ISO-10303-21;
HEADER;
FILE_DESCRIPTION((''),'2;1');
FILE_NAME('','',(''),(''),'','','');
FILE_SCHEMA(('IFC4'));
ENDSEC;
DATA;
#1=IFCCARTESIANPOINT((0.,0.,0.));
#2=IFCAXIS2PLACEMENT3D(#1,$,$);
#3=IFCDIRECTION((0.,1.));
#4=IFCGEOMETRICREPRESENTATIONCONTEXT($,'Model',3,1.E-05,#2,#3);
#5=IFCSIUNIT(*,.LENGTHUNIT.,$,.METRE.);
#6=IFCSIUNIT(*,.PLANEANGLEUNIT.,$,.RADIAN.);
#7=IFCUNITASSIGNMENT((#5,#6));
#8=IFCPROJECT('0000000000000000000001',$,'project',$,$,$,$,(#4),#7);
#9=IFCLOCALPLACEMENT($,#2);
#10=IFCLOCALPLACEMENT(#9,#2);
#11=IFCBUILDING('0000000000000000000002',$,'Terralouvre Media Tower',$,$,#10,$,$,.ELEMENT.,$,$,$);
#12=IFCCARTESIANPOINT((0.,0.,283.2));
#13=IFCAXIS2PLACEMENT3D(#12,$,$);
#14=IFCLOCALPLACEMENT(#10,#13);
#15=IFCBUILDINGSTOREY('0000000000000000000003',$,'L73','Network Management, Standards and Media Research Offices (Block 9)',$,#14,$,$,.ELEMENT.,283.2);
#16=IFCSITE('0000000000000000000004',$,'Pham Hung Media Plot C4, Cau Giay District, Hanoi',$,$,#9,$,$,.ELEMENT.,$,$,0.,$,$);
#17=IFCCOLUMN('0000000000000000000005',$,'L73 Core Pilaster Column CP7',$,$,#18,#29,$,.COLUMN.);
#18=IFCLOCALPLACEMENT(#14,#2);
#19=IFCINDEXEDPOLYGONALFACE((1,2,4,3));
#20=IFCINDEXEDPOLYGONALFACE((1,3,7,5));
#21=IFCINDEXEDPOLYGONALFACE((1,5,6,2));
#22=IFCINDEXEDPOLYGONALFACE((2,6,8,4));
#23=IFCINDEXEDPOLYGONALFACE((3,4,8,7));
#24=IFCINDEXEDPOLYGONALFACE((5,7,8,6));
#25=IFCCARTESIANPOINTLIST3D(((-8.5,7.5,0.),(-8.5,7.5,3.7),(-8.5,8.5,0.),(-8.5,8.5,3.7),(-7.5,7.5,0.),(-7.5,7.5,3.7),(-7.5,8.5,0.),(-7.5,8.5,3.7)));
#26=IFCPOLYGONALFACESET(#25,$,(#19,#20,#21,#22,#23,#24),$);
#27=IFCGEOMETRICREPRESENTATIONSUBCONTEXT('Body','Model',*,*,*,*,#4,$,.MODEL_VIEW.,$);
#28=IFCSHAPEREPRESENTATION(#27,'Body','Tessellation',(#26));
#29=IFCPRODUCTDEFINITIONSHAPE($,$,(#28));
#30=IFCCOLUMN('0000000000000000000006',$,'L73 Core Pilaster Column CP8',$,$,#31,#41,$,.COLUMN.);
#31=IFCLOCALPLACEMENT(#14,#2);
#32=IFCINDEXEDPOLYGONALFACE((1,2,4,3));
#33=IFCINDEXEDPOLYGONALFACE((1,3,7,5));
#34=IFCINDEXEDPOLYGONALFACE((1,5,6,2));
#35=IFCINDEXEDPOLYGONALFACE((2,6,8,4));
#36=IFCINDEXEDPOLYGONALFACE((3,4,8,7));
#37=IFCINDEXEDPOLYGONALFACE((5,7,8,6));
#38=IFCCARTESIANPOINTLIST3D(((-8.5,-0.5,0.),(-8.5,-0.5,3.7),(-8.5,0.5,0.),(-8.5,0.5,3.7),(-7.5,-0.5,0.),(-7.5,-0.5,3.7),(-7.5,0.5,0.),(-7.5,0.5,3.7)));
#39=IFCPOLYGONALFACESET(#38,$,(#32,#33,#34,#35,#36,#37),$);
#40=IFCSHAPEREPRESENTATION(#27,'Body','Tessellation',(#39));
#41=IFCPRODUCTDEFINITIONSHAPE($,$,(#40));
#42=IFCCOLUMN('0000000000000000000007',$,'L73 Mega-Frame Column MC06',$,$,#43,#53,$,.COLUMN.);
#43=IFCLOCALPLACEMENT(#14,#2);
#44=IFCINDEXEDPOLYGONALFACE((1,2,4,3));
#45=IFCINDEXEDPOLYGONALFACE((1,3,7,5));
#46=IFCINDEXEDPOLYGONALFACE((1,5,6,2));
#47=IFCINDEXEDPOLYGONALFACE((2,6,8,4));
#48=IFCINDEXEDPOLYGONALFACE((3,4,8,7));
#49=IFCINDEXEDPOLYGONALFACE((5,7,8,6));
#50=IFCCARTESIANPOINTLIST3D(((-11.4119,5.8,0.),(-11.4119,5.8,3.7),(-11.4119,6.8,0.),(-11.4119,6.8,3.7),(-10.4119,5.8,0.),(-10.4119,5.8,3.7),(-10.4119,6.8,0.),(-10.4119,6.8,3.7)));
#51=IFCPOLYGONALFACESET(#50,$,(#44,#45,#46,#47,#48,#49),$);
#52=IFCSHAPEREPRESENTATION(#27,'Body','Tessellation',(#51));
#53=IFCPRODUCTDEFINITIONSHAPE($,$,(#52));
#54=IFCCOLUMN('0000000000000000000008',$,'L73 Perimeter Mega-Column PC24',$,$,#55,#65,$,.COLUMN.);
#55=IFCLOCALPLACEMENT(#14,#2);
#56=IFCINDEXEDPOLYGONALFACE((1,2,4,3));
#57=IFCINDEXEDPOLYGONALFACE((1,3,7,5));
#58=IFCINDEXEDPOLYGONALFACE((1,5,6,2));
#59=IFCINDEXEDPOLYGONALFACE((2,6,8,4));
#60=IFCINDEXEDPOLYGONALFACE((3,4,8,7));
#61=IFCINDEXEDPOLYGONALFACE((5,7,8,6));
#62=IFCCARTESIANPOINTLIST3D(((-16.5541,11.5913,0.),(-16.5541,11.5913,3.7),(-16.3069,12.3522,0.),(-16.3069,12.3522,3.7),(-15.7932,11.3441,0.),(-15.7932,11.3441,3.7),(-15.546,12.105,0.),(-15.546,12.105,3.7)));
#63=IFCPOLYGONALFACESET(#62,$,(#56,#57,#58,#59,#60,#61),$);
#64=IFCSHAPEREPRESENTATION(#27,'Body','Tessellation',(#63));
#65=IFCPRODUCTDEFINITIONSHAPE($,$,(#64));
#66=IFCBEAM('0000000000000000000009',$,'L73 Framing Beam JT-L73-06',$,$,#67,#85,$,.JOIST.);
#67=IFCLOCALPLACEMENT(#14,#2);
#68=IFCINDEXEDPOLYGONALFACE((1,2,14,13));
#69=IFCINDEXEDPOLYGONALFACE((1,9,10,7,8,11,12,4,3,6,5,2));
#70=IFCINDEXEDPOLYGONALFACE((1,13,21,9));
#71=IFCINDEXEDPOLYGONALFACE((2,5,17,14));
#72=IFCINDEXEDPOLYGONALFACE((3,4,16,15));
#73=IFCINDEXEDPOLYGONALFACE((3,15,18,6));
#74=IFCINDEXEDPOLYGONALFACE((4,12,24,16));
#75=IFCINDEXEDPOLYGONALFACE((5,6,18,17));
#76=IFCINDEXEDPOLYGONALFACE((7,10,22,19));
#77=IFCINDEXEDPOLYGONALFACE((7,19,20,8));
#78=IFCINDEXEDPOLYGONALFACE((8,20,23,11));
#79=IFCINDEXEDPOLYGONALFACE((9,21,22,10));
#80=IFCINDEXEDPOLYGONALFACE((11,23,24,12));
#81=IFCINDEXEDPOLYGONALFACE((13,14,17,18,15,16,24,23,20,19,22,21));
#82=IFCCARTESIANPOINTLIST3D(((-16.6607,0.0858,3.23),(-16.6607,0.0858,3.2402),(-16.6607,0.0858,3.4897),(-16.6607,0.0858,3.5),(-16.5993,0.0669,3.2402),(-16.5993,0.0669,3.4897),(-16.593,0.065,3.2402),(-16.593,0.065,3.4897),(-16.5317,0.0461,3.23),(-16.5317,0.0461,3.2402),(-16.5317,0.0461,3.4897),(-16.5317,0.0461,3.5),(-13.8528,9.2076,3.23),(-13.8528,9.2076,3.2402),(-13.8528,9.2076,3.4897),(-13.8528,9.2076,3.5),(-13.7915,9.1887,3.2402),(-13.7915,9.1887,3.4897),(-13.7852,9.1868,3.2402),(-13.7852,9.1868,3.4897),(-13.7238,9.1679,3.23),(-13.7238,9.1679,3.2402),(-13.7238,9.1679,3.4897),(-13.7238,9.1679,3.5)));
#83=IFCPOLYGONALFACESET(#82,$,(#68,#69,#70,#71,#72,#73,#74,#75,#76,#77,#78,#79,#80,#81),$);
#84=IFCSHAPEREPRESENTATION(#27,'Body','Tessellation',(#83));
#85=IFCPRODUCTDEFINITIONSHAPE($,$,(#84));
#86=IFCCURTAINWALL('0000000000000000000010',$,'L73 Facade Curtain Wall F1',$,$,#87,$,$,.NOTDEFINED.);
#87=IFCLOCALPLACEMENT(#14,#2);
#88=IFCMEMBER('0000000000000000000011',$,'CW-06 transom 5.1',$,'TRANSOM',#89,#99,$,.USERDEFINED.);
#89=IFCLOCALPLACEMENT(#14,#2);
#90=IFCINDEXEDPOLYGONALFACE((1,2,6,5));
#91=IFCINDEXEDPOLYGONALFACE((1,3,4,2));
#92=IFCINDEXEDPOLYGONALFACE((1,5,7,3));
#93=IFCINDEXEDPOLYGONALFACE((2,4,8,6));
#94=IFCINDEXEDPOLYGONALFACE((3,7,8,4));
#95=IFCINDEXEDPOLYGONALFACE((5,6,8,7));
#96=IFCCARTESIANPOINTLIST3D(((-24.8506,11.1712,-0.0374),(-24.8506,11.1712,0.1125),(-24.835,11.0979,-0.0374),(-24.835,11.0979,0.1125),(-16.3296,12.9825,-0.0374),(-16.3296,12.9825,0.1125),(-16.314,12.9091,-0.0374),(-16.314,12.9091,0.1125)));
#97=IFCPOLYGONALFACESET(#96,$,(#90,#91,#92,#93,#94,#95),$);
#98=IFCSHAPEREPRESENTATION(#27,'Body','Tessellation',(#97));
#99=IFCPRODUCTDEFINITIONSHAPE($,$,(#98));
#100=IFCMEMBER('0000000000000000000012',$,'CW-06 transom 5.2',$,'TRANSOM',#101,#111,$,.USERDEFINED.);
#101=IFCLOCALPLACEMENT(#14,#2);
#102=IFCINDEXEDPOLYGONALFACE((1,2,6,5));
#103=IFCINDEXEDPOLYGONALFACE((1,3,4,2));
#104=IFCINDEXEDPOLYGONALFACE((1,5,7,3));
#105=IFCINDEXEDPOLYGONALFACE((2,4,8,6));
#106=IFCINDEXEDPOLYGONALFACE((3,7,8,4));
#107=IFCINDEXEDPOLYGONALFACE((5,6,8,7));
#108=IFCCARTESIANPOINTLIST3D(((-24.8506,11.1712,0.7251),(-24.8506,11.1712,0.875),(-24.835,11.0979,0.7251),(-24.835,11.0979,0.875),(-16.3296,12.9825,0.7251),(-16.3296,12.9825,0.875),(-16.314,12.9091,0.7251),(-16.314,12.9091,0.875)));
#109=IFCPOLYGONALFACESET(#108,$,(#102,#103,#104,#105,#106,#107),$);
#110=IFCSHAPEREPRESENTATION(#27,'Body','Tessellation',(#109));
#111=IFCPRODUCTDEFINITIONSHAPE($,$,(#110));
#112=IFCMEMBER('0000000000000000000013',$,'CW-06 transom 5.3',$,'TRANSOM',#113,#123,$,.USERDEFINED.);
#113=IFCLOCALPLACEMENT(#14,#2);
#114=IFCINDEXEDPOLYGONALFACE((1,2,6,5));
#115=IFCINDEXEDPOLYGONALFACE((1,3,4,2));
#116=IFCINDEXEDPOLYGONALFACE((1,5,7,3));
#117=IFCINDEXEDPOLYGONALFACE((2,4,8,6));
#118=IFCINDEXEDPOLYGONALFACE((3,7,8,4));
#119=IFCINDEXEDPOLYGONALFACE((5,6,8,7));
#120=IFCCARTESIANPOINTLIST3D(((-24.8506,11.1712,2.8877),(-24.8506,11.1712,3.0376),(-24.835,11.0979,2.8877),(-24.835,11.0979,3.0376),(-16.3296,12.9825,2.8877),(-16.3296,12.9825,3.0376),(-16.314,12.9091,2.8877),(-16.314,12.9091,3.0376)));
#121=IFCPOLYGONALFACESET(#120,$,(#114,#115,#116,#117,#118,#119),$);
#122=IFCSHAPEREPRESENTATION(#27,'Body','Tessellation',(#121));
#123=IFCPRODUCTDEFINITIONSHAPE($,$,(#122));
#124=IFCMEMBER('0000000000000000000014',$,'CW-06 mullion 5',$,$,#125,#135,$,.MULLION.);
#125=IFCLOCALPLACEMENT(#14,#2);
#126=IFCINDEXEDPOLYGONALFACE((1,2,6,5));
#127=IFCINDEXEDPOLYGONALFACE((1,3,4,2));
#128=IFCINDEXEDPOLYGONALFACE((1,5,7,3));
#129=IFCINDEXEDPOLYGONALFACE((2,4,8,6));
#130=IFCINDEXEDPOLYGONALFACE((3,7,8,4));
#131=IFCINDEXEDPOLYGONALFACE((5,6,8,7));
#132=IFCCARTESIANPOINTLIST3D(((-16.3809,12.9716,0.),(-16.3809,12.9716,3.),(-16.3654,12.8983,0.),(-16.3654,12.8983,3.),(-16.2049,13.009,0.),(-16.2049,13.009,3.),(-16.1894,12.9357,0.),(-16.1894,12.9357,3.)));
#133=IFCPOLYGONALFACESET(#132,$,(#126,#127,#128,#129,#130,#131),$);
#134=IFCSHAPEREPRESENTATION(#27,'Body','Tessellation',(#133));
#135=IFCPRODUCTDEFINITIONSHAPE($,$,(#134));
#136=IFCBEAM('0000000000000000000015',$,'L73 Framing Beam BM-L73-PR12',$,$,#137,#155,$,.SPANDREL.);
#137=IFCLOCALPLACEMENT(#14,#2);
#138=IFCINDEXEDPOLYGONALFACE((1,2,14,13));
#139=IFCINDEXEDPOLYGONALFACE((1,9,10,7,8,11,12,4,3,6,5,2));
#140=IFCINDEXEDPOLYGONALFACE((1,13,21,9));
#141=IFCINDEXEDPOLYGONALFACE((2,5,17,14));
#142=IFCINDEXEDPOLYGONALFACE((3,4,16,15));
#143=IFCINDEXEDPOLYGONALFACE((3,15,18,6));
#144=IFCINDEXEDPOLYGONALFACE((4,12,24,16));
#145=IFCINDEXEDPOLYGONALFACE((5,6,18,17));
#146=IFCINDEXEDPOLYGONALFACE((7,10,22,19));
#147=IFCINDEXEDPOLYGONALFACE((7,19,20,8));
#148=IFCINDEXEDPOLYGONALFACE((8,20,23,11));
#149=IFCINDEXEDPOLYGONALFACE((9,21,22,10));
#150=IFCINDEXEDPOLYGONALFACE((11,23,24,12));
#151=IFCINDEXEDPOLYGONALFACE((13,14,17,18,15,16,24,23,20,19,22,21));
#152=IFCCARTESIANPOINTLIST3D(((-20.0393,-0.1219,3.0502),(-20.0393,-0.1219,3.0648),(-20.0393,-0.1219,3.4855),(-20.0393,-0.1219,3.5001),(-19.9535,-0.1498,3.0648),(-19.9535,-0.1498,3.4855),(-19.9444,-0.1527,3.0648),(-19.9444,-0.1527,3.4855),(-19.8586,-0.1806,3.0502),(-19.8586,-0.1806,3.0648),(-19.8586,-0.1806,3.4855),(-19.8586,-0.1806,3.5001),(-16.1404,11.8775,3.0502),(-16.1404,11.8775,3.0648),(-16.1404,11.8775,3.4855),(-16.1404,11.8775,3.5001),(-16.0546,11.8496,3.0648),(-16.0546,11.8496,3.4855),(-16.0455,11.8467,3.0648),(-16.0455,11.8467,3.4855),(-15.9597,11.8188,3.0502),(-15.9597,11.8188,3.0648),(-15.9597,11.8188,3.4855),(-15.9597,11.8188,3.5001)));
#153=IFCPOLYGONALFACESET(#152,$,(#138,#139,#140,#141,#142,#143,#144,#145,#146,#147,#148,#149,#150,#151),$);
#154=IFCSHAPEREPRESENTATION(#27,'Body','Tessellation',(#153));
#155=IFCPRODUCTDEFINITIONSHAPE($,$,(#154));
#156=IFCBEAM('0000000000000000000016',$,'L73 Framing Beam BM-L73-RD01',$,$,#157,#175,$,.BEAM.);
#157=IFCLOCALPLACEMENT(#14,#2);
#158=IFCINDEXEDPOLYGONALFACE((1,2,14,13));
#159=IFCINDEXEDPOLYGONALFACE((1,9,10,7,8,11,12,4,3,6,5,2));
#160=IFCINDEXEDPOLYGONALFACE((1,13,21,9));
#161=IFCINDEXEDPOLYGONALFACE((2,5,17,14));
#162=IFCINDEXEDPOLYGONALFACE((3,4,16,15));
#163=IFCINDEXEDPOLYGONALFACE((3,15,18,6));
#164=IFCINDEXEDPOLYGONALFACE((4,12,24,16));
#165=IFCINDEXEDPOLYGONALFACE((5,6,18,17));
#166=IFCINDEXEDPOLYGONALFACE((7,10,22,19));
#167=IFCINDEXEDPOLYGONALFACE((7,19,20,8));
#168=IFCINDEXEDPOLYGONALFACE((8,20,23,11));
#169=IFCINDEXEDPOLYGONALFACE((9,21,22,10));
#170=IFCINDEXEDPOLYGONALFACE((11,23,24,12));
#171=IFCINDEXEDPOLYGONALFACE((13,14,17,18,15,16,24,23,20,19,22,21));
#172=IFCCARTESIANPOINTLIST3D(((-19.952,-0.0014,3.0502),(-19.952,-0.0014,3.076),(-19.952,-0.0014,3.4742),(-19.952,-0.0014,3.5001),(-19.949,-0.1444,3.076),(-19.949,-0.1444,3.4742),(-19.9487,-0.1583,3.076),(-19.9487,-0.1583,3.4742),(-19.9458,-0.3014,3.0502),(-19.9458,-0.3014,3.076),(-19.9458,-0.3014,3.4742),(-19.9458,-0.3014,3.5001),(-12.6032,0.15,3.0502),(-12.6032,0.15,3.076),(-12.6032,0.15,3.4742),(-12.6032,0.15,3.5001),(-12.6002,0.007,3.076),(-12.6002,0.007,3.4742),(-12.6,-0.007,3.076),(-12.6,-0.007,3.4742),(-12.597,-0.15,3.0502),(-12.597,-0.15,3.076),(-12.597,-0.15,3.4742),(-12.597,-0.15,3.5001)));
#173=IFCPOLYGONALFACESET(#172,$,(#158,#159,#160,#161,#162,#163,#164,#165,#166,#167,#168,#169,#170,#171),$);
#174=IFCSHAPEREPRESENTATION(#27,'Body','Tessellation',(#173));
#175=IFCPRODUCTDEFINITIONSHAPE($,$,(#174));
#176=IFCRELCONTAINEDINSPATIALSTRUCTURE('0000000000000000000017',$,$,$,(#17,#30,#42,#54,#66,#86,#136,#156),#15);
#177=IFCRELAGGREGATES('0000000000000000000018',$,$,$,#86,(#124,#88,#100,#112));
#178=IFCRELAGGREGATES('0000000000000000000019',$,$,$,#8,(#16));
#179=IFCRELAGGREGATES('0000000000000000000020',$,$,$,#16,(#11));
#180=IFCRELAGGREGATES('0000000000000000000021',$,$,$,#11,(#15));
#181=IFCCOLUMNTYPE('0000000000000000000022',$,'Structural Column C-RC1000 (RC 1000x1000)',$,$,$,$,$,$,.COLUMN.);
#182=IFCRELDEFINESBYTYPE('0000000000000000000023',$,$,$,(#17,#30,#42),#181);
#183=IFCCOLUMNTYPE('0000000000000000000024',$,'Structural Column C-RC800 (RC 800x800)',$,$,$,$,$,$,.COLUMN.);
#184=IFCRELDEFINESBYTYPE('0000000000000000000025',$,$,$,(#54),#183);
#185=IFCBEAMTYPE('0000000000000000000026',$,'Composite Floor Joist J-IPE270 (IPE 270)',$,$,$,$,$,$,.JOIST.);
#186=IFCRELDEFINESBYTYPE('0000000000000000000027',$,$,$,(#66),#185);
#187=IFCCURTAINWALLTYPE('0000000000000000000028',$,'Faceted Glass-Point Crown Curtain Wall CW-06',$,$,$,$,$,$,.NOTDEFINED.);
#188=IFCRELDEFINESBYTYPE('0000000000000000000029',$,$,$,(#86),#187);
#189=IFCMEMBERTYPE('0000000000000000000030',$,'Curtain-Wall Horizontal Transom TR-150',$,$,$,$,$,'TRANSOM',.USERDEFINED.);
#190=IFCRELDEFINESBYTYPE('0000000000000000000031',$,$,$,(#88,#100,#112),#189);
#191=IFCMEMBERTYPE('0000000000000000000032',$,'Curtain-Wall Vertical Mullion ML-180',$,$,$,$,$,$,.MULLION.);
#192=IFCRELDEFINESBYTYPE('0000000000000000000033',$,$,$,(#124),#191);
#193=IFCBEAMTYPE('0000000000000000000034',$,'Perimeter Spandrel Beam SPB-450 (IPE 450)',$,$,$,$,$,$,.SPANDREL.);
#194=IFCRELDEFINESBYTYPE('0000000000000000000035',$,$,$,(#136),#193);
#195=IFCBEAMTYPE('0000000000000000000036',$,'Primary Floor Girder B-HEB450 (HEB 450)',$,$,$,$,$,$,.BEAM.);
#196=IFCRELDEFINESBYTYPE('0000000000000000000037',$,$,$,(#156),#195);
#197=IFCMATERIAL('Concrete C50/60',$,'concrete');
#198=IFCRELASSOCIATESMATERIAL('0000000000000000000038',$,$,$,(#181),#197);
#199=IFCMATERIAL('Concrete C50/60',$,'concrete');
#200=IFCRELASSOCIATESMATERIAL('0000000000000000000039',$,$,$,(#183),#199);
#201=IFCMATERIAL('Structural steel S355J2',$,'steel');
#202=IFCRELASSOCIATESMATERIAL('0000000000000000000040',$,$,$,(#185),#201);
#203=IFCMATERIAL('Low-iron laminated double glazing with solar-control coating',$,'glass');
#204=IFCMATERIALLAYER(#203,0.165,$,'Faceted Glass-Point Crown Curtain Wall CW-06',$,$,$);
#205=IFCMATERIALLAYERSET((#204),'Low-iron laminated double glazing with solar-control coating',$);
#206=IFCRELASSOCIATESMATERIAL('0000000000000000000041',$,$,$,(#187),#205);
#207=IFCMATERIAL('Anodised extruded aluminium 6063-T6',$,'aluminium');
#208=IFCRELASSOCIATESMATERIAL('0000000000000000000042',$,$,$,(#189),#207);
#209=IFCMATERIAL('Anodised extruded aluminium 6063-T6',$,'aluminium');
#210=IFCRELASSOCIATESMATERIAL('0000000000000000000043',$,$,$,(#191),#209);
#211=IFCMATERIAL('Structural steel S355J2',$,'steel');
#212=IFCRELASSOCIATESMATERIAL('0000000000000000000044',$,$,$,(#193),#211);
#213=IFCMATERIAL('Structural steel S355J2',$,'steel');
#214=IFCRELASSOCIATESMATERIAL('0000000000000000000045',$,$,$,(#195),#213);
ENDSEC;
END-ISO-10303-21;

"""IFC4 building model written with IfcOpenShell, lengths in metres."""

from ifc_helpers import new_model, si_unit, direction, frame, origin, origin_2d, place, context, subcontext, project, spatial, rectangle, i_section, extrude, material, layer, layer_set, material_profile, profile_set, type_object, element, aggregate, save


model = new_model("IFC4")

# Units and contexts
model_context = context("Model", 3, precision=1e-05, world=origin(), true_north=direction((0.0, 1.0)))
body_context = subcontext(model_context, "Body", "Model", "MODEL_VIEW")
ifc_project = project(units=[si_unit("LENGTHUNIT", "METRE"), si_unit("PLANEANGLEUNIT", "RADIAN")], contexts=[model_context])

# Site, building, storey
site_placement = place(None, origin())
site = spatial("IfcSite", under=ifc_project, at=site_placement, Name="Pham Hung Media Plot C4, Cau Giay District, Hanoi", CompositionType="ELEMENT", RefElevation=0.0)
building_placement = place(site_placement, origin())
building = spatial("IfcBuilding", under=site, at=building_placement, Name="Terralouvre Media Tower", CompositionType="ELEMENT")
storey_placement = place(building_placement, frame((0.0, 0.0, 283.2)))
storey = spatial("IfcBuildingStorey", under=building, at=storey_placement, Name="L73", Description="Network Management, Standards and Media Research Offices (Block 9)", CompositionType="ELEMENT", Elevation=283.2)

# Columns
ifc_material_1 = material(Name="Concrete C50/60", Category="concrete")
ifc_material_profile_1 = material_profile(ifc_material_1, rectangle(XDim=1.0, YDim=1.0, at=origin_2d()), Name="RC 1000x1000")
ifc_profile_set_1 = profile_set([ifc_material_profile_1], Name="Concrete C50/60")
column_type_1 = type_object("IfcColumnType", Name="Structural Column C-RC1000 (RC 1000x1000)", PredefinedType="COLUMN", material=ifc_profile_set_1)
for number, where, z_axis, x_axis, name in (
    (1, (-8.0, 8.0, 0.0), (0.0, 0.0, 1.0), (1.0, 0.0, 0.0), "L73 Core Pilaster Column CP7"),
    (2, (-8.0, 0.0, 0.0), (0.0, 0.0, 1.0), (1.0, 0.0, 0.0), "L73 Core Pilaster Column CP8"),
    (3, (-10.9119, 6.3, 0.0), (0.0, 0.0, 1.0), (1.0, 0.0, 0.0), "L73 Mega-Frame Column MC06"),
):
    element("IfcColumn", number, at=place(storey_placement, frame(where, z_axis=z_axis, x_axis=x_axis)), inside=storey, type_object=column_type_1, Name=name, PredefinedType="COLUMN", context=body_context, shape_type="SweptSolid", body=[
        extrude(rectangle(XDim=1.0, YDim=1.0, at=origin_2d()), origin(), (0.0, 0.0, 1.0), 3.7),
    ])
ifc_material_2 = material(Name="Concrete C50/60", Category="concrete")
ifc_material_profile_2 = material_profile(ifc_material_2, rectangle(XDim=0.8, YDim=0.8, at=origin_2d()), Name="RC 800x800")
ifc_profile_set_2 = profile_set([ifc_material_profile_2], Name="Concrete C50/60")
column_type_2 = type_object("IfcColumnType", Name="Structural Column C-RC800 (RC 800x800)", PredefinedType="COLUMN", material=ifc_profile_set_2)
column_placement = place(storey_placement, frame((-16.05, 11.8481, 0.0), z_axis=(0.0, 0.0, 1.0), x_axis=(0.309017, 0.951057, 0.0)))
element("IfcColumn", 4, at=column_placement, inside=storey, type_object=column_type_2, Name="L73 Perimeter Mega-Column PC24", PredefinedType="COLUMN", context=body_context, shape_type="SweptSolid", body=[
    extrude(rectangle(XDim=0.8, YDim=0.8, at=origin_2d()), origin(), (0.0, 0.0, 1.0), 3.7),
])

# Beam
ifc_material_3 = material(Name="Structural steel S355J2", Category="steel")
ifc_material_profile_3 = material_profile(ifc_material_3, i_section(OverallWidth=0.135, OverallDepth=0.27, WebThickness=0.0066, FlangeThickness=0.0103, at=origin_2d()), Name="IPE 270")
ifc_profile_set_3 = profile_set([ifc_material_profile_3], Name="Structural steel S355J2")
beam_type_1 = type_object("IfcBeamType", Name="Composite Floor Joist J-IPE270 (IPE 270)", PredefinedType="JOIST", material=ifc_profile_set_3)
beam_1_placement = place(storey_placement, frame((-13.7883, 9.1877, 3.365), z_axis=(-0.294195, -0.955745, 0.0), x_axis=(0.955745, -0.294195, 0.0)))
element("IfcBeam", 5, at=beam_1_placement, inside=storey, type_object=beam_type_1, Name="L73 Framing Beam JT-L73-06", PredefinedType="JOIST", context=body_context, shape_type="SweptSolid", body=[
    extrude(i_section(OverallWidth=0.135, OverallDepth=0.27, WebThickness=0.0066, FlangeThickness=0.0103, at=origin_2d()), origin(), (0.0, 0.0, 1.0), 9.5442),
])

# Curtain wall, members
ifc_material_4 = material(Name="Low-iron laminated double glazing with solar-control coating", Category="glass")
ifc_layer_1 = layer(ifc_material_4, 0.165, Name="Faceted Glass-Point Crown Curtain Wall CW-06")
ifc_layer_set_1 = layer_set([ifc_layer_1], Name="Low-iron laminated double glazing with solar-control coating")
curtain_wall_type = type_object("IfcCurtainWallType", Name="Faceted Glass-Point Crown Curtain Wall CW-06", PredefinedType="NOTDEFINED", material=ifc_layer_set_1)
curtain_wall_placement = place(storey_placement, origin())
curtain_wall = element("IfcCurtainWall", 6, at=curtain_wall_placement, inside=storey, type_object=curtain_wall_type, Name="L73 Facade Curtain Wall F1", PredefinedType="NOTDEFINED")
ifc_material_5 = material(Name="Anodised extruded aluminium 6063-T6", Category="aluminium")
ifc_material_profile_4 = material_profile(ifc_material_5, rectangle(XDim=0.075, YDim=0.1499, at=origin_2d()), Name="ALU 75x150")
ifc_profile_set_4 = profile_set([ifc_material_profile_4], Name="Anodised extruded aluminium 6063-T6")
member_type_1 = type_object("IfcMemberType", Name="Curtain-Wall Horizontal Transom TR-150", ElementType="TRANSOM", PredefinedType="USERDEFINED", material=ifc_profile_set_4)
member_1_placement = place(storey_placement, frame((-16.3218, 12.9458, 0.0376), z_axis=(-0.978146, -0.207921, 0.0), x_axis=(0.207921, -0.978146, 0.0)))
member_1 = element("IfcMember", 7, at=member_1_placement, type_object=member_type_1, Name="CW-06 transom 5.1", ObjectType="TRANSOM", PredefinedType="USERDEFINED", context=body_context, shape_type="SweptSolid", body=[
    extrude(rectangle(XDim=0.075, YDim=0.1499, at=origin_2d()), origin(), (0.0, 0.0, 1.0), 8.7114),
])
member_2_placement = place(storey_placement, frame((-16.3218, 12.9458, 0.8), z_axis=(-0.978146, -0.207921, 0.0), x_axis=(0.207921, -0.978146, 0.0)))
member_2 = element("IfcMember", 8, at=member_2_placement, type_object=member_type_1, Name="CW-06 transom 5.2", ObjectType="TRANSOM", PredefinedType="USERDEFINED", context=body_context, shape_type="SweptSolid", body=[
    extrude(rectangle(XDim=0.075, YDim=0.1499, at=origin_2d()), origin(), (0.0, 0.0, 1.0), 8.7114),
])
member_3_placement = place(storey_placement, frame((-16.3218, 12.9458, 2.9626), z_axis=(-0.978146, -0.207921, 0.0), x_axis=(0.207921, -0.978146, 0.0)))
member_3 = element("IfcMember", 9, at=member_3_placement, type_object=member_type_1, Name="CW-06 transom 5.3", ObjectType="TRANSOM", PredefinedType="USERDEFINED", context=body_context, shape_type="SweptSolid", body=[
    extrude(rectangle(XDim=0.075, YDim=0.1499, at=origin_2d()), origin(), (0.0, 0.0, 1.0), 8.7114),
])
ifc_material_6 = material(Name="Anodised extruded aluminium 6063-T6", Category="aluminium")
ifc_material_profile_5 = material_profile(ifc_material_6, rectangle(XDim=0.075, YDim=0.1799, at=origin_2d()), Name="ALU 75x180")
ifc_profile_set_5 = profile_set([ifc_material_profile_5], Name="Anodised extruded aluminium 6063-T6")
member_type_2 = type_object("IfcMemberType", Name="Curtain-Wall Vertical Mullion ML-180", PredefinedType="MULLION", material=ifc_profile_set_5)
member_4_placement = place(storey_placement, frame((-16.2852, 12.9536, 0.0), z_axis=(0.0, 0.0, 1.0), x_axis=(0.207912, -0.978148, 0.0)))
member_4 = element("IfcMember", 10, at=member_4_placement, type_object=member_type_2, Name="CW-06 mullion 5", PredefinedType="MULLION", context=body_context, shape_type="SweptSolid", body=[
    extrude(rectangle(XDim=0.075, YDim=0.1799, at=origin_2d()), origin(), (0.0, 0.0, 1.0), 3.0),
])

# Beams
ifc_material_7 = material(Name="Structural steel S355J2", Category="steel")
ifc_material_profile_6 = material_profile(ifc_material_7, i_section(OverallWidth=0.1899, OverallDepth=0.45, WebThickness=0.0095, FlangeThickness=0.0146, at=origin_2d()), Name="IPE 450")
ifc_profile_set_6 = profile_set([ifc_material_profile_6], Name="Structural steel S355J2")
beam_type_2 = type_object("IfcBeamType", Name="Perimeter Spandrel Beam SPB-450 (IPE 450)", PredefinedType="SPANDREL", material=ifc_profile_set_6)
beam_2_placement = place(storey_placement, frame((-16.05, 11.8481, 3.2751), z_axis=(-0.30902, -0.951055, 0.0), x_axis=(0.951055, -0.30902, 0.0)))
element("IfcBeam", 11, at=beam_2_placement, inside=storey, type_object=beam_type_2, Name="L73 Framing Beam BM-L73-PR12", PredefinedType="SPANDREL", context=body_context, shape_type="SweptSolid", body=[
    extrude(i_section(OverallWidth=0.1899, OverallDepth=0.45, WebThickness=0.0095, FlangeThickness=0.0146, at=origin_2d()), origin(), (0.0, 0.0, 1.0), 12.6169),
])
ifc_material_8 = material(Name="Structural steel S355J2", Category="steel")
ifc_material_profile_7 = material_profile(ifc_material_8, i_section(OverallWidth=0.3, OverallDepth=0.45, WebThickness=0.0139, FlangeThickness=0.0259, at=origin_2d()), Name="HEB 450")
ifc_profile_set_7 = profile_set([ifc_material_profile_7], Name="Structural steel S355J2")
beam_type_3 = type_object("IfcBeamType", Name="Primary Floor Girder B-HEB450 (HEB 450)", PredefinedType="BEAM", material=ifc_profile_set_7)
beam_3_placement = place(storey_placement, frame((-12.6001, 0.0, 3.2751), z_axis=(-0.999788, -0.020593, 0.0), x_axis=(0.020593, -0.999788, 0.0)))
element("IfcBeam", 12, at=beam_3_placement, inside=storey, type_object=beam_type_3, Name="L73 Framing Beam BM-L73-RD01", PredefinedType="BEAM", context=body_context, shape_type="SweptSolid", body=[
    extrude(i_section(OverallWidth=0.3, OverallDepth=0.45, WebThickness=0.0139, FlangeThickness=0.0259, at=origin_2d()), origin(), (0.0, 0.0, 1.0), 7.3503),
])

aggregate(curtain_wall, [member_4, member_1, member_2, member_3])

save(model, "model.ifc")
